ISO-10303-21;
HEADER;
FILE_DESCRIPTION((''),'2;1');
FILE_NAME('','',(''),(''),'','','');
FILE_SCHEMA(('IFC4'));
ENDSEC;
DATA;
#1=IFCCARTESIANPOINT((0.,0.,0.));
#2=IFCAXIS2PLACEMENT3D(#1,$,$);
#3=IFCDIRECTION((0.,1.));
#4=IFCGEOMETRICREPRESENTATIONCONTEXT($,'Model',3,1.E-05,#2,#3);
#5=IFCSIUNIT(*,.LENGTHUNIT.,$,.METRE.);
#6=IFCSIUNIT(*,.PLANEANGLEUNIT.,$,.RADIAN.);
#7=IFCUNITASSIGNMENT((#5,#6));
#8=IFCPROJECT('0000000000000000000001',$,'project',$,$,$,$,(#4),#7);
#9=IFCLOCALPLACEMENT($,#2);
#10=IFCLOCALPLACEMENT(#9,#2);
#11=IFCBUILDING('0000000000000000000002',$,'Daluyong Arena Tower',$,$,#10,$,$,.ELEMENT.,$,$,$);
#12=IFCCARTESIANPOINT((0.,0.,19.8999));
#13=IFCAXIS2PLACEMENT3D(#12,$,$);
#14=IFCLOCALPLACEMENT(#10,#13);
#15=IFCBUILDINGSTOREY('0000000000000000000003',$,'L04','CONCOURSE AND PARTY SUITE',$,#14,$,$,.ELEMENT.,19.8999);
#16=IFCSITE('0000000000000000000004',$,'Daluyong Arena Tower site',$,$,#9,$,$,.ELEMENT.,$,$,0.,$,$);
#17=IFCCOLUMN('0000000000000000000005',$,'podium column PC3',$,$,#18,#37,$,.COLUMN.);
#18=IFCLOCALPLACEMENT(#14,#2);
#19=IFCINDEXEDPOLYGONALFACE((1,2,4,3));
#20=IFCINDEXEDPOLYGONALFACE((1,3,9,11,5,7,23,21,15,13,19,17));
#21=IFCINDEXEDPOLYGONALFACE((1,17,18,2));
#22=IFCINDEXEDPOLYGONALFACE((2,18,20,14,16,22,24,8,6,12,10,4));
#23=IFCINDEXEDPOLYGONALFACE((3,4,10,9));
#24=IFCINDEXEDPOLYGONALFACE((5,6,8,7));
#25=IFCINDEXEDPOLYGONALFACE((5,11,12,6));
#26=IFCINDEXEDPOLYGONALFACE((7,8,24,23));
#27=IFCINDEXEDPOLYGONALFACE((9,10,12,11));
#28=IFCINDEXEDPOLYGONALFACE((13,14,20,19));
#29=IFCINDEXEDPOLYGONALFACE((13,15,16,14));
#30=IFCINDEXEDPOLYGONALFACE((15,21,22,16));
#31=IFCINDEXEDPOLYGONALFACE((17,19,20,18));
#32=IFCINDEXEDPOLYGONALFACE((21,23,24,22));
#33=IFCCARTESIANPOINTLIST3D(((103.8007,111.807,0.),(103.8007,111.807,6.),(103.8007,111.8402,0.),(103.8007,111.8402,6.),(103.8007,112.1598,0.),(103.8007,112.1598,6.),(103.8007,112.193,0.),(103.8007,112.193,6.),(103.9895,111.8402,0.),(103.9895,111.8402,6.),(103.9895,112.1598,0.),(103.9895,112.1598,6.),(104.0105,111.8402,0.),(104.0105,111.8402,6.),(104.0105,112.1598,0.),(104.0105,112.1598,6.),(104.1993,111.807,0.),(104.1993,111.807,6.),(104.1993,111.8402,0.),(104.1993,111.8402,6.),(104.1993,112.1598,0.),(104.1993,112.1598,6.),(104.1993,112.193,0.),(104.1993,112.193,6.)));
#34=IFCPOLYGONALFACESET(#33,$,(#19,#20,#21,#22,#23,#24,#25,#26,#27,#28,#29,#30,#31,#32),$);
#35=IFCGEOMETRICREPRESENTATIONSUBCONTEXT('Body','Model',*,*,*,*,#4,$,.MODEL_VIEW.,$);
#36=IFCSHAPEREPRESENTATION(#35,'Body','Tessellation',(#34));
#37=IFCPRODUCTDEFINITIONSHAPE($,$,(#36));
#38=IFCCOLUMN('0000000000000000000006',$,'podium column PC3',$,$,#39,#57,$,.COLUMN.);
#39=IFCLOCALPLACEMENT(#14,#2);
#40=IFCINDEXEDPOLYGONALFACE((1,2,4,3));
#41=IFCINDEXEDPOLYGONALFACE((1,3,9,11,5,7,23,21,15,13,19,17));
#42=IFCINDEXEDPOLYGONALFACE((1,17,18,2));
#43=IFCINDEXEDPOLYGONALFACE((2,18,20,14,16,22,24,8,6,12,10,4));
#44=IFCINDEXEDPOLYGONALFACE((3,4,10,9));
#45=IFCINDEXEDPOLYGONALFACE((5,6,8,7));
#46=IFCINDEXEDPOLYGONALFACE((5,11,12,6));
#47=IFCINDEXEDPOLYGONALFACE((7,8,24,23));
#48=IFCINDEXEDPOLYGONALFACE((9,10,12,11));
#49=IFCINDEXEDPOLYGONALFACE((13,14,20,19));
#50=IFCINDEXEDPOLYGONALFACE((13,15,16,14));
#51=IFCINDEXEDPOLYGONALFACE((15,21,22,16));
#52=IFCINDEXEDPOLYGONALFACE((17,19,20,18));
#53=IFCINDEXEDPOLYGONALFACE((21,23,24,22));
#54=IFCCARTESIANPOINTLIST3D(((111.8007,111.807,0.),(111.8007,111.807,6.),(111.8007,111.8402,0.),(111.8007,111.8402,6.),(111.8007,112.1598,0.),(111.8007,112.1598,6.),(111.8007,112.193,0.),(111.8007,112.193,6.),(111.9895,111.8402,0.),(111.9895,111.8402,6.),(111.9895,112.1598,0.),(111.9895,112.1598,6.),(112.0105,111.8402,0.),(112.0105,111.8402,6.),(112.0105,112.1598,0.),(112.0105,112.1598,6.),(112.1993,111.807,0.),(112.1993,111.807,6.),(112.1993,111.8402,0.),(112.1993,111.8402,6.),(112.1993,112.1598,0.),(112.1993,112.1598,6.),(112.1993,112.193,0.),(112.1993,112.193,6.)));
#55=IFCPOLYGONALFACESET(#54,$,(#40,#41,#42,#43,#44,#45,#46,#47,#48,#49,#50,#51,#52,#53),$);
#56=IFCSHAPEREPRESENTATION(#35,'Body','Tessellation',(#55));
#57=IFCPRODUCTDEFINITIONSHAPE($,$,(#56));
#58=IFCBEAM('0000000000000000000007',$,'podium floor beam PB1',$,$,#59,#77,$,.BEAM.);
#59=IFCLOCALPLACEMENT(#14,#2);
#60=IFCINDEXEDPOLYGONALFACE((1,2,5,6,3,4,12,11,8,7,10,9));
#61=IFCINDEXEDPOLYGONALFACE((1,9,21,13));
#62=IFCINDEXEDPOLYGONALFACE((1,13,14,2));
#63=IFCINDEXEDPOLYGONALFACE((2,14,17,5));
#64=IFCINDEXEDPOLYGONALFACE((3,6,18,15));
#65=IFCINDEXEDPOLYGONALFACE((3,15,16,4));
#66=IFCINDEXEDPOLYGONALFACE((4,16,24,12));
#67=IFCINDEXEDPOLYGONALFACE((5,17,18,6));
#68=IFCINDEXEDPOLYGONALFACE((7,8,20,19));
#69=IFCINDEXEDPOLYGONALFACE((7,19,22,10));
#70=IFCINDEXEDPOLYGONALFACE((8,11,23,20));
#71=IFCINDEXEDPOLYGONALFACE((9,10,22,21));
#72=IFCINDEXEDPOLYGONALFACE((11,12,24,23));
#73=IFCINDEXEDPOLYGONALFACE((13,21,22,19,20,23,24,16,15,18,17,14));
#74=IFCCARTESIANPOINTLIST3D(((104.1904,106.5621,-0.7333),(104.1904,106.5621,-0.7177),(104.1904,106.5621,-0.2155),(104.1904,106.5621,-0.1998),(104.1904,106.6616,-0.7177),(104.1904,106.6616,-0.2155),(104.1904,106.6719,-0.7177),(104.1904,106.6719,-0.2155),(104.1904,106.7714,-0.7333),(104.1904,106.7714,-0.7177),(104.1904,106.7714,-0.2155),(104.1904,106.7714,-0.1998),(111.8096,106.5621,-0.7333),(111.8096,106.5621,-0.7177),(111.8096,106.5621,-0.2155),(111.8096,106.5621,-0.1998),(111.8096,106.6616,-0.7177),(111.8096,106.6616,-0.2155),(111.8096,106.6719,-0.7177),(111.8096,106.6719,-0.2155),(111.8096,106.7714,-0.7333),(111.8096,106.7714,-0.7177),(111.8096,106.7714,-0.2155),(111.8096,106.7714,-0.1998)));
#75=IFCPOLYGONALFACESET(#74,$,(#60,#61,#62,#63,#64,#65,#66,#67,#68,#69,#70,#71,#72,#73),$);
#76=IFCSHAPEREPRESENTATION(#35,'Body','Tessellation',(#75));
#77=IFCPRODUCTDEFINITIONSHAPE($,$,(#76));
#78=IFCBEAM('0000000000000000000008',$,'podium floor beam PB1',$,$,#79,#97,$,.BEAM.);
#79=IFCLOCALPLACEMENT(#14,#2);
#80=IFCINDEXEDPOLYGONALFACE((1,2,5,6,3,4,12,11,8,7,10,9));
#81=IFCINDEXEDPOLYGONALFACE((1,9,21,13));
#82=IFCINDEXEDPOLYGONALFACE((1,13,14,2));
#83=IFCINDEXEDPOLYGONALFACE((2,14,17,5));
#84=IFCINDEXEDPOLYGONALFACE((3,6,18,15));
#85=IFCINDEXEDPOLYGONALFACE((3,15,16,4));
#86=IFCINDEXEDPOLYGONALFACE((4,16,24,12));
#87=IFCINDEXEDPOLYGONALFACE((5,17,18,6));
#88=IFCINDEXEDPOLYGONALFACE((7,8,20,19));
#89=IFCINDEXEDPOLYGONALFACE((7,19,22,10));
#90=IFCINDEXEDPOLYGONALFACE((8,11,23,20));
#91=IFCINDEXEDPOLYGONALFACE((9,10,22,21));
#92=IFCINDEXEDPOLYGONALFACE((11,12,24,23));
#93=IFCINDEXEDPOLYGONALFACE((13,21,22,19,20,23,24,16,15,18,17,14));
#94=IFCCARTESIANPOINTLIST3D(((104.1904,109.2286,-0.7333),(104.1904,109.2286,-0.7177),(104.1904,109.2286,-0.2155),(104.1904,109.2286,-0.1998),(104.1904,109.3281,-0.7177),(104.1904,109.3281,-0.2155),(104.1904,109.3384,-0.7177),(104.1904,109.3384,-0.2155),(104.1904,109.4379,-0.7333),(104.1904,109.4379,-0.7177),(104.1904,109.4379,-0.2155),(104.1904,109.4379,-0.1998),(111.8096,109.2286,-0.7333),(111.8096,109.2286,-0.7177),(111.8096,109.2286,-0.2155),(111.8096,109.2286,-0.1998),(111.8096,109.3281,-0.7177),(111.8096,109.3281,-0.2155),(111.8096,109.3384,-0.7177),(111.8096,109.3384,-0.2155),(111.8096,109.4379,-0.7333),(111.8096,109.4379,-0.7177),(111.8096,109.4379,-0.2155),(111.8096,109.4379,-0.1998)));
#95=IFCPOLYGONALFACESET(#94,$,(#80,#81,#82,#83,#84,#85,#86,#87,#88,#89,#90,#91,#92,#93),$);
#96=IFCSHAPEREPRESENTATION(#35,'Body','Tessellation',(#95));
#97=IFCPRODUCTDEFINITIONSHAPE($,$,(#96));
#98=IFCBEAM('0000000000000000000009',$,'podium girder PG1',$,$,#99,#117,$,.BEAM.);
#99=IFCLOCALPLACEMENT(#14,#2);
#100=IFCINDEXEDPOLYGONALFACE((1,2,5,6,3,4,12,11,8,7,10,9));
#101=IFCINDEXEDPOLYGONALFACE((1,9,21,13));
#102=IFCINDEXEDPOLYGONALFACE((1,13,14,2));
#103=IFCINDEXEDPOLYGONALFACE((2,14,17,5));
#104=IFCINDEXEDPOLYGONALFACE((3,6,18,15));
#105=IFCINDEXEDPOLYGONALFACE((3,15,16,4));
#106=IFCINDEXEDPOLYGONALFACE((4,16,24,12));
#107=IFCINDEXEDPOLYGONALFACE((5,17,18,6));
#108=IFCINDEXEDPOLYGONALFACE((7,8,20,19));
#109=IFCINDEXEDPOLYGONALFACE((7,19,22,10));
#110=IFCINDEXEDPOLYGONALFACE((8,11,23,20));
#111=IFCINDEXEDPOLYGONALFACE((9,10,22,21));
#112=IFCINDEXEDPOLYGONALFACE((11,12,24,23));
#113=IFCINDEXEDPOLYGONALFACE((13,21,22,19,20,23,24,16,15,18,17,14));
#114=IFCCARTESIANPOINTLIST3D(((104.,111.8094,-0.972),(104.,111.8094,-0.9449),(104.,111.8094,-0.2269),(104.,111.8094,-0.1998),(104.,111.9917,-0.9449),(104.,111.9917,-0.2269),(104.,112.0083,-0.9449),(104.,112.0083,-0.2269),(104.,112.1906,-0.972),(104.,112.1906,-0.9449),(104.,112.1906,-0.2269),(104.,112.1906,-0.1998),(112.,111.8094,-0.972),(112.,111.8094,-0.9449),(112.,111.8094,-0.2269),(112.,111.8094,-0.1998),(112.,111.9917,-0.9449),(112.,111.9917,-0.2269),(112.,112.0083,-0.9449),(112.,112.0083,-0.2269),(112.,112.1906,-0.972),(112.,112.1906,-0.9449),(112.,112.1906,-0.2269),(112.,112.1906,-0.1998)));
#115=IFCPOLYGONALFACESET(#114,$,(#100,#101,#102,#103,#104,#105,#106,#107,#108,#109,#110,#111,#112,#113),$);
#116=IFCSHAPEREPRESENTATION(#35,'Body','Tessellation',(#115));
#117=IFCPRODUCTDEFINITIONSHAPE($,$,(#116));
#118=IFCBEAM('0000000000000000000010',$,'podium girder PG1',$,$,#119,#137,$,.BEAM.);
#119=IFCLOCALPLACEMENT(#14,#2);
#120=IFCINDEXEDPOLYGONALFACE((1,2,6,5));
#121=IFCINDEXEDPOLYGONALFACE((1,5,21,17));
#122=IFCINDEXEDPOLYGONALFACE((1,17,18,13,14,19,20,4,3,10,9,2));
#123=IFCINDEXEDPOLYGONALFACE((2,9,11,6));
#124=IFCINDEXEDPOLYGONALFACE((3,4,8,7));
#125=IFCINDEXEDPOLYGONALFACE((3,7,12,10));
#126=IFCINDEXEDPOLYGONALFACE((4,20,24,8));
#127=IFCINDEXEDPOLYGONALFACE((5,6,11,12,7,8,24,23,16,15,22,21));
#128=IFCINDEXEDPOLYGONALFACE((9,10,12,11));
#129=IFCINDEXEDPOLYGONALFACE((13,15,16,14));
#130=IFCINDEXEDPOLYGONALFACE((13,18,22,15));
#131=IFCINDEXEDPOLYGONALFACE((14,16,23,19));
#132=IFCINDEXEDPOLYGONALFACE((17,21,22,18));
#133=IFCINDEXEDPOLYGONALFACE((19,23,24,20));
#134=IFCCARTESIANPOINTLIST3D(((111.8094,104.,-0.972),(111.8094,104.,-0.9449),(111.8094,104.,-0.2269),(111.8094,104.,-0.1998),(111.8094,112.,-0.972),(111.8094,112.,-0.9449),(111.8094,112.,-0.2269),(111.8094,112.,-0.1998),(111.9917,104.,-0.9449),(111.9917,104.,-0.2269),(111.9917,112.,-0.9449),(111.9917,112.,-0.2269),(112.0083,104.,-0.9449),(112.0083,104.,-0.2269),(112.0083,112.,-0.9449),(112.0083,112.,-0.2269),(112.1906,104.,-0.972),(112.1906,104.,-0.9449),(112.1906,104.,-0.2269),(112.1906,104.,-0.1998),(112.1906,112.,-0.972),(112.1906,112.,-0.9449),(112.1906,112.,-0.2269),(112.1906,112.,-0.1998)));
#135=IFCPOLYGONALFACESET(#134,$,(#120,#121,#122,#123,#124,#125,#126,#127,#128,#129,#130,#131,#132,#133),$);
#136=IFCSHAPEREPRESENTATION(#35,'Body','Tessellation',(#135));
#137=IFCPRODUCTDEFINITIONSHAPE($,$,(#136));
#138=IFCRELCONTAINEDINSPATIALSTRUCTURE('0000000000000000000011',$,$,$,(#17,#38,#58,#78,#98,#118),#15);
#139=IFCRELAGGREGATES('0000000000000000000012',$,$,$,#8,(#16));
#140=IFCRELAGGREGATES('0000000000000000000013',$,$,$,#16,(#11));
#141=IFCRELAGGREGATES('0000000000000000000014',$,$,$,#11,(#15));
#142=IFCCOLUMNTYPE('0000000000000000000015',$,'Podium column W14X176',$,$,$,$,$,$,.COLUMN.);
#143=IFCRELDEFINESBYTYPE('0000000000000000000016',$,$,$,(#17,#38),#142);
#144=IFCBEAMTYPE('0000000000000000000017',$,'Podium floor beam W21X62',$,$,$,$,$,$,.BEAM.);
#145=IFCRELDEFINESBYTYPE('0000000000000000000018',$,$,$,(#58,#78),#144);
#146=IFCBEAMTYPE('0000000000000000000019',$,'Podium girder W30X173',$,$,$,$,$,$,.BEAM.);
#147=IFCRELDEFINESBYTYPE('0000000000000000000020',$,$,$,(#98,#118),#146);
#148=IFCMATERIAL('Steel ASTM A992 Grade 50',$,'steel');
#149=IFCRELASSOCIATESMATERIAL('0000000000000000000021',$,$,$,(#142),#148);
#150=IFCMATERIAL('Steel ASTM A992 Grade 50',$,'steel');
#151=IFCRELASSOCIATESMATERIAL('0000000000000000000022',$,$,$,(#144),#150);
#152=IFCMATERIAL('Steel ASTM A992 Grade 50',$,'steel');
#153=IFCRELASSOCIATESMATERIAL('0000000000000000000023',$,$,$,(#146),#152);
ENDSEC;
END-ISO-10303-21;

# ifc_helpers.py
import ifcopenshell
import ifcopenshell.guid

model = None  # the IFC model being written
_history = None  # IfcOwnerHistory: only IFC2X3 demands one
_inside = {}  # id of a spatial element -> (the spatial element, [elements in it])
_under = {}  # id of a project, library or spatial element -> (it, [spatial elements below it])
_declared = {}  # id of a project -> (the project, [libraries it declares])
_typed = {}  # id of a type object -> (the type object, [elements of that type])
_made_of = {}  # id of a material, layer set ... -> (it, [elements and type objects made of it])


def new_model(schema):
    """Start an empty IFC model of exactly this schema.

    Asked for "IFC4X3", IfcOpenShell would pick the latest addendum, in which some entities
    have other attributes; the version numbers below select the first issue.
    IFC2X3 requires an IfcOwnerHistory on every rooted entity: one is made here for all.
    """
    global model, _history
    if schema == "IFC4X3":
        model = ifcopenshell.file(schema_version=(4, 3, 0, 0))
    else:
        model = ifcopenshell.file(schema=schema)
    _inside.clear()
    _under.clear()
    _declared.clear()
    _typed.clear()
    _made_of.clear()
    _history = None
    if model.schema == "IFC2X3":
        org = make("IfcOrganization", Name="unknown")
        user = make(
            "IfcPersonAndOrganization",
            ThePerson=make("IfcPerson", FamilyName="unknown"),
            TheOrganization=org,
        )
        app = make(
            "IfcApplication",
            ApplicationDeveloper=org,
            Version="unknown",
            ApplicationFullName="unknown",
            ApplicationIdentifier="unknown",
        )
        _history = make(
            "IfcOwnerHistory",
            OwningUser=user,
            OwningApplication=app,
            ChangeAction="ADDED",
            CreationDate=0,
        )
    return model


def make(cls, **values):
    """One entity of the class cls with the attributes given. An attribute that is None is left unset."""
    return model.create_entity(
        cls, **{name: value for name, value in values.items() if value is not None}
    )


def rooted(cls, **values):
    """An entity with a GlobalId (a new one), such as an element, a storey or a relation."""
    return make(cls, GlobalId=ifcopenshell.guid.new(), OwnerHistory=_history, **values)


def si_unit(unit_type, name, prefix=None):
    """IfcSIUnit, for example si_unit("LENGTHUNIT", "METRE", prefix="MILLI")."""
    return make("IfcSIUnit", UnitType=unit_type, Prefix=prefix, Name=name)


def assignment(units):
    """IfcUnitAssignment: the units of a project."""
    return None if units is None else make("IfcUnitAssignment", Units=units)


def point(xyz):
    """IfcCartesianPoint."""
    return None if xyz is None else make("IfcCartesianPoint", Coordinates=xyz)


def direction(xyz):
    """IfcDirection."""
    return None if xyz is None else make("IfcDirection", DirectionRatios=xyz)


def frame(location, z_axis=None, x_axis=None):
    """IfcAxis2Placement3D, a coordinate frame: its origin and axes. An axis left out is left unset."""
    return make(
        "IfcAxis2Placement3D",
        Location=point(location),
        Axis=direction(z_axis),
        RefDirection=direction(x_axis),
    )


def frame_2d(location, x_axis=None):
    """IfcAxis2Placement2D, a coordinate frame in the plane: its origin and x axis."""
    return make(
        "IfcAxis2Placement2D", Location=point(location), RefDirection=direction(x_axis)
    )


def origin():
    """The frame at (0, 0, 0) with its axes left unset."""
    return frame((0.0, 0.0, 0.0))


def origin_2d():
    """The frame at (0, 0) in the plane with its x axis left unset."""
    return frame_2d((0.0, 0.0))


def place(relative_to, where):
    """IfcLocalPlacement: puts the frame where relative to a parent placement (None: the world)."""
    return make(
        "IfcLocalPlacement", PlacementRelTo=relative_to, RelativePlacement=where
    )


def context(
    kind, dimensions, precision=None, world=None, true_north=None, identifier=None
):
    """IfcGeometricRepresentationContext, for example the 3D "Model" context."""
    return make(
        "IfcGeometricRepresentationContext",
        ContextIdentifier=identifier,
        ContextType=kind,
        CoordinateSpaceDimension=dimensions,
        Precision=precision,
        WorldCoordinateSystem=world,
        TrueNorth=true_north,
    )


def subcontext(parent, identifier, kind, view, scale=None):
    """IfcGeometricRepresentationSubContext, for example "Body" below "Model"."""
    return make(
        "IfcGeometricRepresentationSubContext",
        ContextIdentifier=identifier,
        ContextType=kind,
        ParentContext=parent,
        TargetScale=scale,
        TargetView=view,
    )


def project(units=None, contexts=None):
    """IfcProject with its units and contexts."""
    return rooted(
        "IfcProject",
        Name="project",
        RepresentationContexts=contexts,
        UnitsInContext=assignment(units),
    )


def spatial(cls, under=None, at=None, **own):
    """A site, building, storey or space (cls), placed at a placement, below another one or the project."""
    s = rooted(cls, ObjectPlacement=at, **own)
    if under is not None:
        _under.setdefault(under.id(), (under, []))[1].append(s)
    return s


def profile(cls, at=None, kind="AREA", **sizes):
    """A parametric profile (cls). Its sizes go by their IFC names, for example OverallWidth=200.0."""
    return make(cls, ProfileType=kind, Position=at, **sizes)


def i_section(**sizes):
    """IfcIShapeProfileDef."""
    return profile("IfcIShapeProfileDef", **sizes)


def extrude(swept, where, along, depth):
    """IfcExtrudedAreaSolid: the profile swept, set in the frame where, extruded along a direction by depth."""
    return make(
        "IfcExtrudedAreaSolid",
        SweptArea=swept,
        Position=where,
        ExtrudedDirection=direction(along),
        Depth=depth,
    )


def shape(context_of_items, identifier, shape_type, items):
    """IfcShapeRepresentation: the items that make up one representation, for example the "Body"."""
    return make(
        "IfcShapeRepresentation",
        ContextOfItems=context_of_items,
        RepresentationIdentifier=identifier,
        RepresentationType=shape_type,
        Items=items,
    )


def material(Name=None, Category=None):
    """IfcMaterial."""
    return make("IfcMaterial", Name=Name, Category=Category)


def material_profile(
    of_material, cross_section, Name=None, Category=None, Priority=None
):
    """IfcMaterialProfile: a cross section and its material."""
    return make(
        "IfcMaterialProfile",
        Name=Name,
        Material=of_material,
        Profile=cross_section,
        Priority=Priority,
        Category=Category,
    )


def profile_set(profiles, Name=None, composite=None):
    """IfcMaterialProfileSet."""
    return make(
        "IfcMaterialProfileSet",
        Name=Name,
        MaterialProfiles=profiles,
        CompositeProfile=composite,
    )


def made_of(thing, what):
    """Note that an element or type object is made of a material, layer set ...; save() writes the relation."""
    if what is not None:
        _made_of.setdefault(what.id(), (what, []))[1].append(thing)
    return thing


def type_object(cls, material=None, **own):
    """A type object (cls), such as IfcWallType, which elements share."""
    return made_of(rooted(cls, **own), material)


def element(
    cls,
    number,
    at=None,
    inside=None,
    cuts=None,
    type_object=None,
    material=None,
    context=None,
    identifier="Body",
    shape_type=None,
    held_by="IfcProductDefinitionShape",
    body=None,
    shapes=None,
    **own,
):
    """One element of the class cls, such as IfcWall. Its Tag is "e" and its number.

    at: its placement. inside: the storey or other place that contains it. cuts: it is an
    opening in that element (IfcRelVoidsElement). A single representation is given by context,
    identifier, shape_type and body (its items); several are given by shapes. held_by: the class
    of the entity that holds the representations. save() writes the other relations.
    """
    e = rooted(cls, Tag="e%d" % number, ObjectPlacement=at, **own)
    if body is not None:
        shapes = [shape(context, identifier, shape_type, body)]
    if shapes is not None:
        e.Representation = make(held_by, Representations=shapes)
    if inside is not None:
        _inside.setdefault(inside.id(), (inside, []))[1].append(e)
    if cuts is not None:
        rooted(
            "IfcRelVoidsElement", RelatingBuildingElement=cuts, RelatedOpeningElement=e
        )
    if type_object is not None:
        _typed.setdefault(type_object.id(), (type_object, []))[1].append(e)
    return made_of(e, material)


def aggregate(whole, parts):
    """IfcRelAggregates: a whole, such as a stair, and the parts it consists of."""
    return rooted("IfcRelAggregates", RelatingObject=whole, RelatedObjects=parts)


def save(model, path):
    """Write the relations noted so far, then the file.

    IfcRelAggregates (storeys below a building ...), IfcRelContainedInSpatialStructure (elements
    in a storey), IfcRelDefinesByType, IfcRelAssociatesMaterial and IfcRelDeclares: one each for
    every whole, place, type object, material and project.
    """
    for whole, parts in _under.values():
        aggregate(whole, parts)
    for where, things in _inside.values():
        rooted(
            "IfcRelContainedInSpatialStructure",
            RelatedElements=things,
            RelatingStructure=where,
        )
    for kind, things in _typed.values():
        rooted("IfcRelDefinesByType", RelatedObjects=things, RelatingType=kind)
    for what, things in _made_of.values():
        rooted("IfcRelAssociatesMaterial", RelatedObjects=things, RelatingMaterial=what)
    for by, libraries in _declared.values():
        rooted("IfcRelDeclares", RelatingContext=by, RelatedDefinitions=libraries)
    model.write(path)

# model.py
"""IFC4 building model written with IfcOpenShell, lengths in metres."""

from ifc_helpers import new_model, si_unit, direction, frame, origin, origin_2d, place, context, subcontext, project, spatial, i_section, extrude, material, material_profile, profile_set, type_object, element, save


model = new_model("IFC4")

# Units and contexts
model_context = context("Model", 3, precision=1e-05, world=origin(), true_north=direction((0.0, 1.0)))
body_context = subcontext(model_context, "Body", "Model", "MODEL_VIEW")
ifc_project = project(units=[si_unit("LENGTHUNIT", "METRE"), si_unit("PLANEANGLEUNIT", "RADIAN")], contexts=[model_context])

# Site, building, storey
site_placement = place(None, origin())
site = spatial("IfcSite", under=ifc_project, at=site_placement, Name="Daluyong Arena Tower site", CompositionType="ELEMENT", RefElevation=0.0)
building_placement = place(site_placement, origin())
building = spatial("IfcBuilding", under=site, at=building_placement, Name="Daluyong Arena Tower", CompositionType="ELEMENT")
storey_placement = place(building_placement, frame((0.0, 0.0, 19.8999)))
storey = spatial("IfcBuildingStorey", under=building, at=storey_placement, Name="L04", Description="CONCOURSE AND PARTY SUITE", CompositionType="ELEMENT", Elevation=19.8999)

# Columns
ifc_material_1 = material(Name="Steel ASTM A992 Grade 50", Category="steel")
ifc_material_profile_1 = material_profile(ifc_material_1, i_section(OverallWidth=0.3987, OverallDepth=0.386, WebThickness=0.021, FlangeThickness=0.0332, at=origin_2d()))
ifc_profile_set_1 = profile_set([ifc_material_profile_1], Name="Steel ASTM A992 Grade 50")
column_type = type_object("IfcColumnType", Name="Podium column W14X176", PredefinedType="COLUMN", material=ifc_profile_set_1)
for number, where, z_axis, x_axis, name in (
    (1, (104.0, 112.0, 0.0), (0.0, 0.0, 1.0), (1.0, 0.0, 0.0), "podium column PC3"),
    (2, (112.0, 112.0, 0.0), (0.0, 0.0, 1.0), (1.0, 0.0, 0.0), "podium column PC3"),
):
    element("IfcColumn", number, at=place(storey_placement, frame(where, z_axis=z_axis, x_axis=x_axis)), inside=storey, type_object=column_type, Name=name, PredefinedType="COLUMN", context=body_context, shape_type="SweptSolid", body=[
        extrude(i_section(OverallWidth=0.3987, OverallDepth=0.386, WebThickness=0.021, FlangeThickness=0.0332, at=origin_2d()), origin(), (0.0, 0.0, 1.0), 6.0),
    ])

# Beams
ifc_material_2 = material(Name="Steel ASTM A992 Grade 50", Category="steel")
ifc_material_profile_2 = material_profile(ifc_material_2, i_section(OverallWidth=0.2092, OverallDepth=0.5334, WebThickness=0.0103, FlangeThickness=0.0156, at=origin_2d()))
ifc_profile_set_2 = profile_set([ifc_material_profile_2], Name="Steel ASTM A992 Grade 50")
beam_type_1 = type_object("IfcBeamType", Name="Podium floor beam W21X62", PredefinedType="BEAM", material=ifc_profile_set_2)
for number, where, z_axis, x_axis, name in (
    (3, (104.1904, 106.6667, -0.4666), (1.0, 0.0, 0.0), (0.0, 1.0, 0.0), "podium floor beam PB1"),
    (4, (104.1904, 109.3333, -0.4666), (1.0, 0.0, 0.0), (0.0, 1.0, 0.0), "podium floor beam PB1"),
):
    element("IfcBeam", number, at=place(storey_placement, frame(where, z_axis=z_axis, x_axis=x_axis)), inside=storey, type_object=beam_type_1, Name=name, PredefinedType="BEAM", context=body_context, shape_type="SweptSolid", body=[
        extrude(i_section(OverallWidth=0.2092, OverallDepth=0.5334, WebThickness=0.0103, FlangeThickness=0.0156, at=origin_2d()), origin(), (0.0, 0.0, 1.0), 7.6191),
    ])
ifc_material_3 = material(Name="Steel ASTM A992 Grade 50", Category="steel")
ifc_material_profile_3 = material_profile(ifc_material_3, i_section(OverallWidth=0.3811, OverallDepth=0.7722, WebThickness=0.0166, FlangeThickness=0.0271, at=origin_2d()))
ifc_profile_set_3 = profile_set([ifc_material_profile_3], Name="Steel ASTM A992 Grade 50")
beam_type_2 = type_object("IfcBeamType", Name="Podium girder W30X173", PredefinedType="BEAM", material=ifc_profile_set_3)
for number, where, z_axis, x_axis, name in (
    (5, (104.0, 112.0, -0.5859), (1.0, 0.0, 0.0), (0.0, 1.0, 0.0), "podium girder PG1"),
    (6, (112.0, 104.0, -0.5859), (0.0, 1.0, 0.0), (-1.0, 0.0, 0.0), "podium girder PG1"),
):
    element("IfcBeam", number, at=place(storey_placement, frame(where, z_axis=z_axis, x_axis=x_axis)), inside=storey, type_object=beam_type_2, Name=name, PredefinedType="BEAM", context=body_context, shape_type="SweptSolid", body=[
        extrude(i_section(OverallWidth=0.3811, OverallDepth=0.7722, WebThickness=0.0166, FlangeThickness=0.0271, at=origin_2d()), origin(), (0.0, 0.0, 1.0), 8.0),
    ])

save(model, "model.ifc")
